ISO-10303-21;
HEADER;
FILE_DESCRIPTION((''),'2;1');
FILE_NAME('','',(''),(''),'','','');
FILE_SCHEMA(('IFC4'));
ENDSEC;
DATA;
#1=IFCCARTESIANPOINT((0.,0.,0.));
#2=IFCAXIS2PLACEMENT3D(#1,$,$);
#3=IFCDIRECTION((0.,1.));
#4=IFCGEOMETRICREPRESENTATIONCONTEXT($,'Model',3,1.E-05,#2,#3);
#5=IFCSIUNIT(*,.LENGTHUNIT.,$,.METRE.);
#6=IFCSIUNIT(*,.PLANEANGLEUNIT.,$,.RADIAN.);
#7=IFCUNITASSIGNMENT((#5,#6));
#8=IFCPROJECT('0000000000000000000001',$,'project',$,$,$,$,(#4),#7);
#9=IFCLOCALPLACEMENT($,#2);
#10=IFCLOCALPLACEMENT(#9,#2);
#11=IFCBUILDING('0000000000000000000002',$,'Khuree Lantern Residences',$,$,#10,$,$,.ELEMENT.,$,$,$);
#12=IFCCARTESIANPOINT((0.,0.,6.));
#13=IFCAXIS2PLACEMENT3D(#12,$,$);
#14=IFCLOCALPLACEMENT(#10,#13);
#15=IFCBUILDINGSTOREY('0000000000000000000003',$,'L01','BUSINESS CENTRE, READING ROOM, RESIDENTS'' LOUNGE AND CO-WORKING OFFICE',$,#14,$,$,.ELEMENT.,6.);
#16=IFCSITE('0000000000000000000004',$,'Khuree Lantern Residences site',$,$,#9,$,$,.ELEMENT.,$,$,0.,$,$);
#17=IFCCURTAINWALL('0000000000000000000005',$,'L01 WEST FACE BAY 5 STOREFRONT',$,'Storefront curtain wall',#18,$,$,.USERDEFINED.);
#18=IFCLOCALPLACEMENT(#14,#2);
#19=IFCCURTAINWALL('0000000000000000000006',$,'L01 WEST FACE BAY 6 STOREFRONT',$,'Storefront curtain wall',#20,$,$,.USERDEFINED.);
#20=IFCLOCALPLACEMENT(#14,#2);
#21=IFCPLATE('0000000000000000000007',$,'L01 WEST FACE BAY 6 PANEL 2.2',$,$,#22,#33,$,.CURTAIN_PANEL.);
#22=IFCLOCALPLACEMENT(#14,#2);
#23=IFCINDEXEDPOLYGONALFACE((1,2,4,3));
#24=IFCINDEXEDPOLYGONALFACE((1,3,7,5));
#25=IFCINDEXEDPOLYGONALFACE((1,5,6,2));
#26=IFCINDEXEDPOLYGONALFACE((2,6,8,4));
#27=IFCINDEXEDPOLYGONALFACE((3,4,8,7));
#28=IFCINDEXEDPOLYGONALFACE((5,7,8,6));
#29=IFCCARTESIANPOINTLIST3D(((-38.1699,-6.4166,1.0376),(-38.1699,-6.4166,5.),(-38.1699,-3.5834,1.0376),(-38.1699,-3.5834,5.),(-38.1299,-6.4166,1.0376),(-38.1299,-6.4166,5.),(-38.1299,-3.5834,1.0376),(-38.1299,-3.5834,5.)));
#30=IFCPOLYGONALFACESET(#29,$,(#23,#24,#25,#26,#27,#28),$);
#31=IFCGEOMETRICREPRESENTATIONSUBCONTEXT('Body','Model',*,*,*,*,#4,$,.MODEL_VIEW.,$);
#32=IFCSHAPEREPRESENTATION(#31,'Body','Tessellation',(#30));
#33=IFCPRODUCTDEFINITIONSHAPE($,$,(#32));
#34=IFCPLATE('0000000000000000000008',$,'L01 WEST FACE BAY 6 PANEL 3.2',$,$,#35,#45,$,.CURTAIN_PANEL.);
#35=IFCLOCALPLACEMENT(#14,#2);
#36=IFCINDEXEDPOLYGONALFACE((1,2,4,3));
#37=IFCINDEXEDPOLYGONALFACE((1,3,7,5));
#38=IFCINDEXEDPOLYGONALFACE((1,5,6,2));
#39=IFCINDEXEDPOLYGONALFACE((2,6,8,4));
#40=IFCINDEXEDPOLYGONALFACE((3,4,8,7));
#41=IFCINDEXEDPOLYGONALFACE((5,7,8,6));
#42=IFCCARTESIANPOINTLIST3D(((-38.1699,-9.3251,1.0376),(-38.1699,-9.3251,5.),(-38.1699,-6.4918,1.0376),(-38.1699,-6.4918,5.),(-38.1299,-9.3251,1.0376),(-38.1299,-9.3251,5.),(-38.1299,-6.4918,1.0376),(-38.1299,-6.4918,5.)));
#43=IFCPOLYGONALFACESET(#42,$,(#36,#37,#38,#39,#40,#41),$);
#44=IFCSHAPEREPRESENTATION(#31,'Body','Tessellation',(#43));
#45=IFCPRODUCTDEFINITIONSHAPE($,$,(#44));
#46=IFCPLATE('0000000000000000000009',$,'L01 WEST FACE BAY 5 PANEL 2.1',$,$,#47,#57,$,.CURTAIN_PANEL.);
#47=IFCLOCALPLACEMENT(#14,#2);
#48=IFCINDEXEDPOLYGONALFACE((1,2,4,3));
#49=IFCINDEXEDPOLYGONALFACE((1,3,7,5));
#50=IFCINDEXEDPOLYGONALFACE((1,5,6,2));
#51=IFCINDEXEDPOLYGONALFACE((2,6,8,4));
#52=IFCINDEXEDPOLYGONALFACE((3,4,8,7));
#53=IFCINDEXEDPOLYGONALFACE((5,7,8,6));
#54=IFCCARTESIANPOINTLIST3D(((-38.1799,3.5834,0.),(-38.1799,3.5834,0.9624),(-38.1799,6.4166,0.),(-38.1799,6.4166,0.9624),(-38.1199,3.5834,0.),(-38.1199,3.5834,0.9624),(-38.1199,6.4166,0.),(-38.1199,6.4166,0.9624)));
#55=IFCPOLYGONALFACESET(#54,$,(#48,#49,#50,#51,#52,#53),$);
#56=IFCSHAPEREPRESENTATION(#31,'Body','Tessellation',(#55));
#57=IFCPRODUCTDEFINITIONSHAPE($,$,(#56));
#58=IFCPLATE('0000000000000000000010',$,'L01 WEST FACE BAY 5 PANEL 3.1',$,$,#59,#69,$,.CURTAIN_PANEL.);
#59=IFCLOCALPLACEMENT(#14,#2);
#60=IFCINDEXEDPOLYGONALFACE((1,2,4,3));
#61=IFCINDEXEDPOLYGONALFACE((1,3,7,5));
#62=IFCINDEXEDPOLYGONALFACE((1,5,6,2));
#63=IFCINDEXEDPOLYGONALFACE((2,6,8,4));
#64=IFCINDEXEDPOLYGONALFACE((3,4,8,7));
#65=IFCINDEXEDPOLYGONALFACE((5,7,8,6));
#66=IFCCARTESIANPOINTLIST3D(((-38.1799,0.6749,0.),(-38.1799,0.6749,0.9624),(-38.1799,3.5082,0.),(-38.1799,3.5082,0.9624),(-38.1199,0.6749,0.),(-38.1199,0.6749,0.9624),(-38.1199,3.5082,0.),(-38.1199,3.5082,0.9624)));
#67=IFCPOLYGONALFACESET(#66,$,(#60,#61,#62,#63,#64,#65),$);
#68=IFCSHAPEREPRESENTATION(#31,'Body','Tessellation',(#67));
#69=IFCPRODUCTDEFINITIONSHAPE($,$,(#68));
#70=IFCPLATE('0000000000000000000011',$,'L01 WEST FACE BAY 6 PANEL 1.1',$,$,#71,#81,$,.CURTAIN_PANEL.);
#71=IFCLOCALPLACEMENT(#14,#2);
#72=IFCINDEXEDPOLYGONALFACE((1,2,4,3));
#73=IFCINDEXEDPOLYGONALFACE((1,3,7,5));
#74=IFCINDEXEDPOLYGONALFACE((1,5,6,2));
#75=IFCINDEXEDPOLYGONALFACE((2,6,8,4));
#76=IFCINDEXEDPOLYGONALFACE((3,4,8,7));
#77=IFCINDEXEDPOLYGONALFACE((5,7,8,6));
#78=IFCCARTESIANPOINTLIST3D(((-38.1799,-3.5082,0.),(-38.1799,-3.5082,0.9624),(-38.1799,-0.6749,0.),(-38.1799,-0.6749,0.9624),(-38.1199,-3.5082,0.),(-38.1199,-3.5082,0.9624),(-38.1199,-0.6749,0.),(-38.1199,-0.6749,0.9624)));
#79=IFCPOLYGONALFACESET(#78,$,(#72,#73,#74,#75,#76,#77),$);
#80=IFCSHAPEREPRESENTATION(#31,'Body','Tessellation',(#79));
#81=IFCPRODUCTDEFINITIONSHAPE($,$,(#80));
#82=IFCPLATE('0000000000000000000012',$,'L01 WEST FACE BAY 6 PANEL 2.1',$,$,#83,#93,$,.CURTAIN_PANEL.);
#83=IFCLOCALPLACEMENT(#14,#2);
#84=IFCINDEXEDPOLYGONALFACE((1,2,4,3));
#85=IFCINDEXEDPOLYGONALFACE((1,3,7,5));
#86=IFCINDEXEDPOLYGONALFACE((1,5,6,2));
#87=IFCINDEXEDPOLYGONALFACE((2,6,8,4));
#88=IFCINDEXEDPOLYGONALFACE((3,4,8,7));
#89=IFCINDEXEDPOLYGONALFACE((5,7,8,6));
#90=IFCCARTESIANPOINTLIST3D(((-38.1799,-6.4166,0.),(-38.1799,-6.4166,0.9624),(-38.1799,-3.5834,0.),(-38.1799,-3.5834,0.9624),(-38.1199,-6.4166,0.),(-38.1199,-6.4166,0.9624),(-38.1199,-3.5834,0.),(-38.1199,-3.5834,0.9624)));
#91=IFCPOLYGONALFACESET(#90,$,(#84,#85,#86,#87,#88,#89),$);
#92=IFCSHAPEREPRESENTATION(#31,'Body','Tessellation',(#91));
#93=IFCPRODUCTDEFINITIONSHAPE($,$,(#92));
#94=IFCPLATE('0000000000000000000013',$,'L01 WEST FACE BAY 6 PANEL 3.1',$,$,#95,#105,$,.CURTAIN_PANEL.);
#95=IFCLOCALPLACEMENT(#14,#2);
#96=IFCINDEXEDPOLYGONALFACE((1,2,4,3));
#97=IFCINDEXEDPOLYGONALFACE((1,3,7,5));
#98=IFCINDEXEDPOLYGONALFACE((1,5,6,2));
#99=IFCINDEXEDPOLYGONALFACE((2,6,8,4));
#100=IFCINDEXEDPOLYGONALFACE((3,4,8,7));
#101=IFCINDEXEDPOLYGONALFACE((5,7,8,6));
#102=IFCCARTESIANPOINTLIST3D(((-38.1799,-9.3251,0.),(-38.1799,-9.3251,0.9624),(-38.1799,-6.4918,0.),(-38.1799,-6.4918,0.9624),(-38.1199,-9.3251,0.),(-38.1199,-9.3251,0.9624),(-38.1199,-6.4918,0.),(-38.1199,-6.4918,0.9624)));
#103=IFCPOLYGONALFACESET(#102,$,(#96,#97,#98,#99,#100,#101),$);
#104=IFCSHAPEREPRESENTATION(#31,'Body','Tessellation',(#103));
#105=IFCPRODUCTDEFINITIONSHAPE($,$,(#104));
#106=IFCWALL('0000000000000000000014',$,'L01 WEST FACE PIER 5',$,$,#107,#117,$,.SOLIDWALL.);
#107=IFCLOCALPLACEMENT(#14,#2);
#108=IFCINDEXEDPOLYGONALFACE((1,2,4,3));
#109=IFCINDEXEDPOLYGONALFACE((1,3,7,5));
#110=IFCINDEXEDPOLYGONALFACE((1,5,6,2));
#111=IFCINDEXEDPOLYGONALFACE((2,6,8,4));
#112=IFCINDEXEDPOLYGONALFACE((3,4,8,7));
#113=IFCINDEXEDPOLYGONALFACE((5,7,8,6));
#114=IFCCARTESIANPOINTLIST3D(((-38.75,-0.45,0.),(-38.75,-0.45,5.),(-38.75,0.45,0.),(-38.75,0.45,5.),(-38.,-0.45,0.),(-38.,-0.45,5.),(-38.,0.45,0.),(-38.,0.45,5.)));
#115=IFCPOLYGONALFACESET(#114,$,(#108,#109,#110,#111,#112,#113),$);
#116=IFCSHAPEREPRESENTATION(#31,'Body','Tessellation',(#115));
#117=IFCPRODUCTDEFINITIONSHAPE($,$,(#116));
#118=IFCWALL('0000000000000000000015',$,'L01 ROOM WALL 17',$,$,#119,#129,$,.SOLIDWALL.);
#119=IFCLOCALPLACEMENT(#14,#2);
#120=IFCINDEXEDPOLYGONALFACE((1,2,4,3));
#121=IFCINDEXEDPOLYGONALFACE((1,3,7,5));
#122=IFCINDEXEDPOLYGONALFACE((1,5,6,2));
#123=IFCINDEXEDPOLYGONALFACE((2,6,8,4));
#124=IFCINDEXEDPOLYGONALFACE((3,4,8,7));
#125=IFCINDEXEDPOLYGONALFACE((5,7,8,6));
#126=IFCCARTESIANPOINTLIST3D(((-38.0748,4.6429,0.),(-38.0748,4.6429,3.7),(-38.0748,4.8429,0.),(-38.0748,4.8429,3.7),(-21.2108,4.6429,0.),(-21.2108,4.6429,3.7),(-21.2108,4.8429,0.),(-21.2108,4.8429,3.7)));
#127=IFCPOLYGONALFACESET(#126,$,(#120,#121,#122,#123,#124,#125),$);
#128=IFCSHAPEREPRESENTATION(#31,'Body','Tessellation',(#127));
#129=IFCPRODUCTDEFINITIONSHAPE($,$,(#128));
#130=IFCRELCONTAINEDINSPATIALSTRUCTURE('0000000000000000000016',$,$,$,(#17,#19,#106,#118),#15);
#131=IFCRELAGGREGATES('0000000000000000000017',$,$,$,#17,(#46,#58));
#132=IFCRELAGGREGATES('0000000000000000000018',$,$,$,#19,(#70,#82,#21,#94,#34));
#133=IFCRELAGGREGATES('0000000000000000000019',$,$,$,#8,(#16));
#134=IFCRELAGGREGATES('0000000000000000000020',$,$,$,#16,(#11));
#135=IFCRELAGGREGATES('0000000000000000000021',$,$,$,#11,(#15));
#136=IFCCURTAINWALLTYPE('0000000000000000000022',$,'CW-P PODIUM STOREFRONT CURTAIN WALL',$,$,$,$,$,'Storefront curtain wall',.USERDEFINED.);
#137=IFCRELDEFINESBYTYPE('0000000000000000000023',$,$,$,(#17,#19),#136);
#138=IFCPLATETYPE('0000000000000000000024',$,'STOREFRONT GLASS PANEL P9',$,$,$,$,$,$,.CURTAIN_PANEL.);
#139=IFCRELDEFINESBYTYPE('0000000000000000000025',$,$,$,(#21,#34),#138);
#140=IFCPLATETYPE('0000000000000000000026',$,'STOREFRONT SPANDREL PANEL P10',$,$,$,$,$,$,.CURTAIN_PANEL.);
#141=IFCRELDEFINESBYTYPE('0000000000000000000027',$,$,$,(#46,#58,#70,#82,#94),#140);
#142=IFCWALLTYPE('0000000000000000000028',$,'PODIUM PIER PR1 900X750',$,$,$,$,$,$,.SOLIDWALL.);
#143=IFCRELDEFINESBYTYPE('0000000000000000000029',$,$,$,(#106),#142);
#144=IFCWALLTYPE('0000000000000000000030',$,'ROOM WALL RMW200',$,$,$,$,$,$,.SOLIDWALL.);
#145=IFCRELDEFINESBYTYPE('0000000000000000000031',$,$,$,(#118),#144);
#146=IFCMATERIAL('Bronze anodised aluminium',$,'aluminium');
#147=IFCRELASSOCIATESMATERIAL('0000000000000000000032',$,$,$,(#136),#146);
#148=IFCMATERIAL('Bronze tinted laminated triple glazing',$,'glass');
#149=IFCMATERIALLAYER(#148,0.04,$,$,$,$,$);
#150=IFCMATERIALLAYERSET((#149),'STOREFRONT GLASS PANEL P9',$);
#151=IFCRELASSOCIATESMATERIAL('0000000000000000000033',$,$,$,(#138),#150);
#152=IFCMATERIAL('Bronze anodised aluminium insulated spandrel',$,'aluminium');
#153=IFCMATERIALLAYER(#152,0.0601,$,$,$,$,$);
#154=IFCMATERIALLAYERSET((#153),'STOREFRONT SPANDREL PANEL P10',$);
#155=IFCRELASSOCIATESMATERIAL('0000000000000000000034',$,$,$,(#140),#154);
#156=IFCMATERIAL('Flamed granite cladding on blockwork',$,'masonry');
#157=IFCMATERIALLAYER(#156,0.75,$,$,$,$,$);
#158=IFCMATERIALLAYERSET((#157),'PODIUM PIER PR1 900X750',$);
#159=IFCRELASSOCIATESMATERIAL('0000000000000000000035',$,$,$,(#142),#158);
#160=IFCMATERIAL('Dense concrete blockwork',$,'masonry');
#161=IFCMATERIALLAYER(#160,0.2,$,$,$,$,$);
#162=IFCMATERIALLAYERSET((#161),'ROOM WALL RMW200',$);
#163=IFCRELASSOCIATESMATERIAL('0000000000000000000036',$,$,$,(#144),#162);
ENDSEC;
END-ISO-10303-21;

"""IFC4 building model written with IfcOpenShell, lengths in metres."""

from ifc_helpers import new_model, si_unit, direction, frame, frame_2d, origin, origin_2d, place, context, subcontext, project, spatial, rectangle, extrude, material, layer, layer_set, type_object, element, aggregate, save


model = new_model("IFC4")

# Units and contexts
model_context = context("Model", 3, precision=1e-05, world=origin(), true_north=direction((0.0, 1.0)))
body_context = subcontext(model_context, "Body", "Model", "MODEL_VIEW")
ifc_project = project(units=[si_unit("LENGTHUNIT", "METRE"), si_unit("PLANEANGLEUNIT", "RADIAN")], contexts=[model_context])

# Site, building, storey
site_placement = place(None, origin())
site = spatial("IfcSite", under=ifc_project, at=site_placement, Name="Khuree Lantern Residences site", CompositionType="ELEMENT", RefElevation=0.0)
building_placement = place(site_placement, origin())
building = spatial("IfcBuilding", under=site, at=building_placement, Name="Khuree Lantern Residences", CompositionType="ELEMENT")
storey_placement = place(building_placement, frame((0.0, 0.0, 6.0)))
storey = spatial("IfcBuildingStorey", under=building, at=storey_placement, Name="L01", Description="BUSINESS CENTRE, READING ROOM, RESIDENTS' LOUNGE AND CO-WORKING OFFICE", CompositionType="ELEMENT", Elevation=6.0)

# Curtain walls
ifc_material_1 = material(Name="Bronze anodised aluminium", Category="aluminium")
curtain_wall_type = type_object("IfcCurtainWallType", Name="CW-P PODIUM STOREFRONT CURTAIN WALL", ElementType="Storefront curtain wall", PredefinedType="USERDEFINED", material=ifc_material_1)
curtain_wall_1_placement = place(storey_placement, origin())
curtain_wall_1 = element("IfcCurtainWall", 1, at=curtain_wall_1_placement, inside=storey, type_object=curtain_wall_type, Name="L01 WEST FACE BAY 5 STOREFRONT", ObjectType="Storefront curtain wall", PredefinedType="USERDEFINED")
curtain_wall_2_placement = place(storey_placement, origin())
curtain_wall_2 = element("IfcCurtainWall", 2, at=curtain_wall_2_placement, inside=storey, type_object=curtain_wall_type, Name="L01 WEST FACE BAY 6 STOREFRONT", ObjectType="Storefront curtain wall", PredefinedType="USERDEFINED")

# Plates
ifc_material_2 = material(Name="Bronze tinted laminated triple glazing", Category="glass")
ifc_layer_1 = layer(ifc_material_2, 0.04)
ifc_layer_set_1 = layer_set([ifc_layer_1], Name="STOREFRONT GLASS PANEL P9")
plate_type_1 = type_object("IfcPlateType", Name="STOREFRONT GLASS PANEL P9", PredefinedType="CURTAIN_PANEL", material=ifc_layer_set_1)
plate_1_placement = place(storey_placement, frame((-38.1499, -5.0, 1.0376), z_axis=(0.0, 0.0, 1.0), x_axis=(0.0, -1.0, 0.0)))
plate_1 = element("IfcPlate", 3, at=plate_1_placement, type_object=plate_type_1, Name="L01 WEST FACE BAY 6 PANEL 2.2", PredefinedType="CURTAIN_PANEL", context=body_context, shape_type="SweptSolid", body=[
    extrude(rectangle(XDim=2.8333, YDim=0.04, at=origin_2d()), origin(), (0.0, 0.0, 1.0), 3.9624),
])
plate_2_placement = place(storey_placement, frame((-38.1499, -7.9084, 1.0376), z_axis=(0.0, 0.0, 1.0), x_axis=(0.0, -1.0, 0.0)))
plate_2 = element("IfcPlate", 4, at=plate_2_placement, type_object=plate_type_1, Name="L01 WEST FACE BAY 6 PANEL 3.2", PredefinedType="CURTAIN_PANEL", context=body_context, shape_type="SweptSolid", body=[
    extrude(rectangle(XDim=2.8333, YDim=0.04, at=origin_2d()), origin(), (0.0, 0.0, 1.0), 3.9624),
])
ifc_material_3 = material(Name="Bronze anodised aluminium insulated spandrel", Category="aluminium")
ifc_layer_2 = layer(ifc_material_3, 0.0601)
ifc_layer_set_2 = layer_set([ifc_layer_2], Name="STOREFRONT SPANDREL PANEL P10")
plate_type_2 = type_object("IfcPlateType", Name="STOREFRONT SPANDREL PANEL P10", PredefinedType="CURTAIN_PANEL", material=ifc_layer_set_2)
plate_3_placement = place(storey_placement, frame((-38.1499, 5.0, 0.0), z_axis=(0.0, 0.0, 1.0), x_axis=(0.0, -1.0, 0.0)))
plate_3 = element("IfcPlate", 5, at=plate_3_placement, type_object=plate_type_2, Name="L01 WEST FACE BAY 5 PANEL 2.1", PredefinedType="CURTAIN_PANEL", context=body_context, shape_type="SweptSolid", body=[
    extrude(rectangle(XDim=2.8333, YDim=0.0601, at=origin_2d()), origin(), (0.0, 0.0, 1.0), 0.9624),
])
plate_4_placement = place(storey_placement, frame((-38.1499, 2.0916, 0.0), z_axis=(0.0, 0.0, 1.0), x_axis=(0.0, -1.0, 0.0)))
plate_4 = element("IfcPlate", 6, at=plate_4_placement, type_object=plate_type_2, Name="L01 WEST FACE BAY 5 PANEL 3.1", PredefinedType="CURTAIN_PANEL", context=body_context, shape_type="SweptSolid", body=[
    extrude(rectangle(XDim=2.8333, YDim=0.0601, at=origin_2d()), origin(), (0.0, 0.0, 1.0), 0.9624),
])
aggregate(curtain_wall_1, [plate_3, plate_4])
plate_5_placement = place(storey_placement, frame((-38.1499, -2.0916, 0.0), z_axis=(0.0, 0.0, 1.0), x_axis=(0.0, -1.0, 0.0)))
plate_5 = element("IfcPlate", 7, at=plate_5_placement, type_object=plate_type_2, Name="L01 WEST FACE BAY 6 PANEL 1.1", PredefinedType="CURTAIN_PANEL", context=body_context, shape_type="SweptSolid", body=[
    extrude(rectangle(XDim=2.8333, YDim=0.0601, at=origin_2d()), origin(), (0.0, 0.0, 1.0), 0.9624),
])
plate_6_placement = place(storey_placement, frame((-38.1499, -5.0, 0.0), z_axis=(0.0, 0.0, 1.0), x_axis=(0.0, -1.0, 0.0)))
plate_6 = element("IfcPlate", 8, at=plate_6_placement, type_object=plate_type_2, Name="L01 WEST FACE BAY 6 PANEL 2.1", PredefinedType="CURTAIN_PANEL", context=body_context, shape_type="SweptSolid", body=[
    extrude(rectangle(XDim=2.8333, YDim=0.0601, at=origin_2d()), origin(), (0.0, 0.0, 1.0), 0.9624),
])
plate_7_placement = place(storey_placement, frame((-38.1499, -7.9084, 0.0), z_axis=(0.0, 0.0, 1.0), x_axis=(0.0, -1.0, 0.0)))
plate_7 = element("IfcPlate", 9, at=plate_7_placement, type_object=plate_type_2, Name="L01 WEST FACE BAY 6 PANEL 3.1", PredefinedType="CURTAIN_PANEL", context=body_context, shape_type="SweptSolid", body=[
    extrude(rectangle(XDim=2.8333, YDim=0.0601, at=origin_2d()), origin(), (0.0, 0.0, 1.0), 0.9624),
])
aggregate(curtain_wall_2, [plate_5, plate_6, plate_1, plate_7, plate_2])

# Walls
ifc_material_4 = material(Name="Flamed granite cladding on blockwork", Category="masonry")
ifc_layer_3 = layer(ifc_material_4, 0.75)
ifc_layer_set_3 = layer_set([ifc_layer_3], Name="PODIUM PIER PR1 900X750")
wall_type_1 = type_object("IfcWallType", Name="PODIUM PIER PR1 900X750", PredefinedType="SOLIDWALL", material=ifc_layer_set_3)
wall_1_placement = place(storey_placement, frame((-38.375, 0.45, 0.0), z_axis=(0.0, 0.0, 1.0), x_axis=(0.0, -1.0, 0.0)))
element("IfcWall", 10, at=wall_1_placement, inside=storey, type_object=wall_type_1, Name="L01 WEST FACE PIER 5", PredefinedType="SOLIDWALL", context=body_context, shape_type="SweptSolid", body=[
    extrude(rectangle(XDim=0.8999, YDim=0.75, at=frame_2d((0.45, 0.0))), origin(), (0.0, 0.0, 1.0), 5.0),
])
ifc_material_5 = material(Name="Dense concrete blockwork", Category="masonry")
ifc_layer_4 = layer(ifc_material_5, 0.2)
ifc_layer_set_4 = layer_set([ifc_layer_4], Name="ROOM WALL RMW200")
wall_type_2 = type_object("IfcWallType", Name="ROOM WALL RMW200", PredefinedType="SOLIDWALL", material=ifc_layer_set_4)
wall_2_placement = place(storey_placement, frame((-38.075, 4.7429, 0.0), z_axis=(0.0, 0.0, 1.0), x_axis=(1.0, 0.0, 0.0)))
element("IfcWall", 11, at=wall_2_placement, inside=storey, type_object=wall_type_2, Name="L01 ROOM WALL 17", PredefinedType="SOLIDWALL", context=body_context, shape_type="SweptSolid", body=[
    extrude(rectangle(XDim=16.864, YDim=0.2, at=frame_2d((8.4321, 0.0))), origin(), (0.0, 0.0, 1.0), 3.7),
])

save(model, "model.ifc")
